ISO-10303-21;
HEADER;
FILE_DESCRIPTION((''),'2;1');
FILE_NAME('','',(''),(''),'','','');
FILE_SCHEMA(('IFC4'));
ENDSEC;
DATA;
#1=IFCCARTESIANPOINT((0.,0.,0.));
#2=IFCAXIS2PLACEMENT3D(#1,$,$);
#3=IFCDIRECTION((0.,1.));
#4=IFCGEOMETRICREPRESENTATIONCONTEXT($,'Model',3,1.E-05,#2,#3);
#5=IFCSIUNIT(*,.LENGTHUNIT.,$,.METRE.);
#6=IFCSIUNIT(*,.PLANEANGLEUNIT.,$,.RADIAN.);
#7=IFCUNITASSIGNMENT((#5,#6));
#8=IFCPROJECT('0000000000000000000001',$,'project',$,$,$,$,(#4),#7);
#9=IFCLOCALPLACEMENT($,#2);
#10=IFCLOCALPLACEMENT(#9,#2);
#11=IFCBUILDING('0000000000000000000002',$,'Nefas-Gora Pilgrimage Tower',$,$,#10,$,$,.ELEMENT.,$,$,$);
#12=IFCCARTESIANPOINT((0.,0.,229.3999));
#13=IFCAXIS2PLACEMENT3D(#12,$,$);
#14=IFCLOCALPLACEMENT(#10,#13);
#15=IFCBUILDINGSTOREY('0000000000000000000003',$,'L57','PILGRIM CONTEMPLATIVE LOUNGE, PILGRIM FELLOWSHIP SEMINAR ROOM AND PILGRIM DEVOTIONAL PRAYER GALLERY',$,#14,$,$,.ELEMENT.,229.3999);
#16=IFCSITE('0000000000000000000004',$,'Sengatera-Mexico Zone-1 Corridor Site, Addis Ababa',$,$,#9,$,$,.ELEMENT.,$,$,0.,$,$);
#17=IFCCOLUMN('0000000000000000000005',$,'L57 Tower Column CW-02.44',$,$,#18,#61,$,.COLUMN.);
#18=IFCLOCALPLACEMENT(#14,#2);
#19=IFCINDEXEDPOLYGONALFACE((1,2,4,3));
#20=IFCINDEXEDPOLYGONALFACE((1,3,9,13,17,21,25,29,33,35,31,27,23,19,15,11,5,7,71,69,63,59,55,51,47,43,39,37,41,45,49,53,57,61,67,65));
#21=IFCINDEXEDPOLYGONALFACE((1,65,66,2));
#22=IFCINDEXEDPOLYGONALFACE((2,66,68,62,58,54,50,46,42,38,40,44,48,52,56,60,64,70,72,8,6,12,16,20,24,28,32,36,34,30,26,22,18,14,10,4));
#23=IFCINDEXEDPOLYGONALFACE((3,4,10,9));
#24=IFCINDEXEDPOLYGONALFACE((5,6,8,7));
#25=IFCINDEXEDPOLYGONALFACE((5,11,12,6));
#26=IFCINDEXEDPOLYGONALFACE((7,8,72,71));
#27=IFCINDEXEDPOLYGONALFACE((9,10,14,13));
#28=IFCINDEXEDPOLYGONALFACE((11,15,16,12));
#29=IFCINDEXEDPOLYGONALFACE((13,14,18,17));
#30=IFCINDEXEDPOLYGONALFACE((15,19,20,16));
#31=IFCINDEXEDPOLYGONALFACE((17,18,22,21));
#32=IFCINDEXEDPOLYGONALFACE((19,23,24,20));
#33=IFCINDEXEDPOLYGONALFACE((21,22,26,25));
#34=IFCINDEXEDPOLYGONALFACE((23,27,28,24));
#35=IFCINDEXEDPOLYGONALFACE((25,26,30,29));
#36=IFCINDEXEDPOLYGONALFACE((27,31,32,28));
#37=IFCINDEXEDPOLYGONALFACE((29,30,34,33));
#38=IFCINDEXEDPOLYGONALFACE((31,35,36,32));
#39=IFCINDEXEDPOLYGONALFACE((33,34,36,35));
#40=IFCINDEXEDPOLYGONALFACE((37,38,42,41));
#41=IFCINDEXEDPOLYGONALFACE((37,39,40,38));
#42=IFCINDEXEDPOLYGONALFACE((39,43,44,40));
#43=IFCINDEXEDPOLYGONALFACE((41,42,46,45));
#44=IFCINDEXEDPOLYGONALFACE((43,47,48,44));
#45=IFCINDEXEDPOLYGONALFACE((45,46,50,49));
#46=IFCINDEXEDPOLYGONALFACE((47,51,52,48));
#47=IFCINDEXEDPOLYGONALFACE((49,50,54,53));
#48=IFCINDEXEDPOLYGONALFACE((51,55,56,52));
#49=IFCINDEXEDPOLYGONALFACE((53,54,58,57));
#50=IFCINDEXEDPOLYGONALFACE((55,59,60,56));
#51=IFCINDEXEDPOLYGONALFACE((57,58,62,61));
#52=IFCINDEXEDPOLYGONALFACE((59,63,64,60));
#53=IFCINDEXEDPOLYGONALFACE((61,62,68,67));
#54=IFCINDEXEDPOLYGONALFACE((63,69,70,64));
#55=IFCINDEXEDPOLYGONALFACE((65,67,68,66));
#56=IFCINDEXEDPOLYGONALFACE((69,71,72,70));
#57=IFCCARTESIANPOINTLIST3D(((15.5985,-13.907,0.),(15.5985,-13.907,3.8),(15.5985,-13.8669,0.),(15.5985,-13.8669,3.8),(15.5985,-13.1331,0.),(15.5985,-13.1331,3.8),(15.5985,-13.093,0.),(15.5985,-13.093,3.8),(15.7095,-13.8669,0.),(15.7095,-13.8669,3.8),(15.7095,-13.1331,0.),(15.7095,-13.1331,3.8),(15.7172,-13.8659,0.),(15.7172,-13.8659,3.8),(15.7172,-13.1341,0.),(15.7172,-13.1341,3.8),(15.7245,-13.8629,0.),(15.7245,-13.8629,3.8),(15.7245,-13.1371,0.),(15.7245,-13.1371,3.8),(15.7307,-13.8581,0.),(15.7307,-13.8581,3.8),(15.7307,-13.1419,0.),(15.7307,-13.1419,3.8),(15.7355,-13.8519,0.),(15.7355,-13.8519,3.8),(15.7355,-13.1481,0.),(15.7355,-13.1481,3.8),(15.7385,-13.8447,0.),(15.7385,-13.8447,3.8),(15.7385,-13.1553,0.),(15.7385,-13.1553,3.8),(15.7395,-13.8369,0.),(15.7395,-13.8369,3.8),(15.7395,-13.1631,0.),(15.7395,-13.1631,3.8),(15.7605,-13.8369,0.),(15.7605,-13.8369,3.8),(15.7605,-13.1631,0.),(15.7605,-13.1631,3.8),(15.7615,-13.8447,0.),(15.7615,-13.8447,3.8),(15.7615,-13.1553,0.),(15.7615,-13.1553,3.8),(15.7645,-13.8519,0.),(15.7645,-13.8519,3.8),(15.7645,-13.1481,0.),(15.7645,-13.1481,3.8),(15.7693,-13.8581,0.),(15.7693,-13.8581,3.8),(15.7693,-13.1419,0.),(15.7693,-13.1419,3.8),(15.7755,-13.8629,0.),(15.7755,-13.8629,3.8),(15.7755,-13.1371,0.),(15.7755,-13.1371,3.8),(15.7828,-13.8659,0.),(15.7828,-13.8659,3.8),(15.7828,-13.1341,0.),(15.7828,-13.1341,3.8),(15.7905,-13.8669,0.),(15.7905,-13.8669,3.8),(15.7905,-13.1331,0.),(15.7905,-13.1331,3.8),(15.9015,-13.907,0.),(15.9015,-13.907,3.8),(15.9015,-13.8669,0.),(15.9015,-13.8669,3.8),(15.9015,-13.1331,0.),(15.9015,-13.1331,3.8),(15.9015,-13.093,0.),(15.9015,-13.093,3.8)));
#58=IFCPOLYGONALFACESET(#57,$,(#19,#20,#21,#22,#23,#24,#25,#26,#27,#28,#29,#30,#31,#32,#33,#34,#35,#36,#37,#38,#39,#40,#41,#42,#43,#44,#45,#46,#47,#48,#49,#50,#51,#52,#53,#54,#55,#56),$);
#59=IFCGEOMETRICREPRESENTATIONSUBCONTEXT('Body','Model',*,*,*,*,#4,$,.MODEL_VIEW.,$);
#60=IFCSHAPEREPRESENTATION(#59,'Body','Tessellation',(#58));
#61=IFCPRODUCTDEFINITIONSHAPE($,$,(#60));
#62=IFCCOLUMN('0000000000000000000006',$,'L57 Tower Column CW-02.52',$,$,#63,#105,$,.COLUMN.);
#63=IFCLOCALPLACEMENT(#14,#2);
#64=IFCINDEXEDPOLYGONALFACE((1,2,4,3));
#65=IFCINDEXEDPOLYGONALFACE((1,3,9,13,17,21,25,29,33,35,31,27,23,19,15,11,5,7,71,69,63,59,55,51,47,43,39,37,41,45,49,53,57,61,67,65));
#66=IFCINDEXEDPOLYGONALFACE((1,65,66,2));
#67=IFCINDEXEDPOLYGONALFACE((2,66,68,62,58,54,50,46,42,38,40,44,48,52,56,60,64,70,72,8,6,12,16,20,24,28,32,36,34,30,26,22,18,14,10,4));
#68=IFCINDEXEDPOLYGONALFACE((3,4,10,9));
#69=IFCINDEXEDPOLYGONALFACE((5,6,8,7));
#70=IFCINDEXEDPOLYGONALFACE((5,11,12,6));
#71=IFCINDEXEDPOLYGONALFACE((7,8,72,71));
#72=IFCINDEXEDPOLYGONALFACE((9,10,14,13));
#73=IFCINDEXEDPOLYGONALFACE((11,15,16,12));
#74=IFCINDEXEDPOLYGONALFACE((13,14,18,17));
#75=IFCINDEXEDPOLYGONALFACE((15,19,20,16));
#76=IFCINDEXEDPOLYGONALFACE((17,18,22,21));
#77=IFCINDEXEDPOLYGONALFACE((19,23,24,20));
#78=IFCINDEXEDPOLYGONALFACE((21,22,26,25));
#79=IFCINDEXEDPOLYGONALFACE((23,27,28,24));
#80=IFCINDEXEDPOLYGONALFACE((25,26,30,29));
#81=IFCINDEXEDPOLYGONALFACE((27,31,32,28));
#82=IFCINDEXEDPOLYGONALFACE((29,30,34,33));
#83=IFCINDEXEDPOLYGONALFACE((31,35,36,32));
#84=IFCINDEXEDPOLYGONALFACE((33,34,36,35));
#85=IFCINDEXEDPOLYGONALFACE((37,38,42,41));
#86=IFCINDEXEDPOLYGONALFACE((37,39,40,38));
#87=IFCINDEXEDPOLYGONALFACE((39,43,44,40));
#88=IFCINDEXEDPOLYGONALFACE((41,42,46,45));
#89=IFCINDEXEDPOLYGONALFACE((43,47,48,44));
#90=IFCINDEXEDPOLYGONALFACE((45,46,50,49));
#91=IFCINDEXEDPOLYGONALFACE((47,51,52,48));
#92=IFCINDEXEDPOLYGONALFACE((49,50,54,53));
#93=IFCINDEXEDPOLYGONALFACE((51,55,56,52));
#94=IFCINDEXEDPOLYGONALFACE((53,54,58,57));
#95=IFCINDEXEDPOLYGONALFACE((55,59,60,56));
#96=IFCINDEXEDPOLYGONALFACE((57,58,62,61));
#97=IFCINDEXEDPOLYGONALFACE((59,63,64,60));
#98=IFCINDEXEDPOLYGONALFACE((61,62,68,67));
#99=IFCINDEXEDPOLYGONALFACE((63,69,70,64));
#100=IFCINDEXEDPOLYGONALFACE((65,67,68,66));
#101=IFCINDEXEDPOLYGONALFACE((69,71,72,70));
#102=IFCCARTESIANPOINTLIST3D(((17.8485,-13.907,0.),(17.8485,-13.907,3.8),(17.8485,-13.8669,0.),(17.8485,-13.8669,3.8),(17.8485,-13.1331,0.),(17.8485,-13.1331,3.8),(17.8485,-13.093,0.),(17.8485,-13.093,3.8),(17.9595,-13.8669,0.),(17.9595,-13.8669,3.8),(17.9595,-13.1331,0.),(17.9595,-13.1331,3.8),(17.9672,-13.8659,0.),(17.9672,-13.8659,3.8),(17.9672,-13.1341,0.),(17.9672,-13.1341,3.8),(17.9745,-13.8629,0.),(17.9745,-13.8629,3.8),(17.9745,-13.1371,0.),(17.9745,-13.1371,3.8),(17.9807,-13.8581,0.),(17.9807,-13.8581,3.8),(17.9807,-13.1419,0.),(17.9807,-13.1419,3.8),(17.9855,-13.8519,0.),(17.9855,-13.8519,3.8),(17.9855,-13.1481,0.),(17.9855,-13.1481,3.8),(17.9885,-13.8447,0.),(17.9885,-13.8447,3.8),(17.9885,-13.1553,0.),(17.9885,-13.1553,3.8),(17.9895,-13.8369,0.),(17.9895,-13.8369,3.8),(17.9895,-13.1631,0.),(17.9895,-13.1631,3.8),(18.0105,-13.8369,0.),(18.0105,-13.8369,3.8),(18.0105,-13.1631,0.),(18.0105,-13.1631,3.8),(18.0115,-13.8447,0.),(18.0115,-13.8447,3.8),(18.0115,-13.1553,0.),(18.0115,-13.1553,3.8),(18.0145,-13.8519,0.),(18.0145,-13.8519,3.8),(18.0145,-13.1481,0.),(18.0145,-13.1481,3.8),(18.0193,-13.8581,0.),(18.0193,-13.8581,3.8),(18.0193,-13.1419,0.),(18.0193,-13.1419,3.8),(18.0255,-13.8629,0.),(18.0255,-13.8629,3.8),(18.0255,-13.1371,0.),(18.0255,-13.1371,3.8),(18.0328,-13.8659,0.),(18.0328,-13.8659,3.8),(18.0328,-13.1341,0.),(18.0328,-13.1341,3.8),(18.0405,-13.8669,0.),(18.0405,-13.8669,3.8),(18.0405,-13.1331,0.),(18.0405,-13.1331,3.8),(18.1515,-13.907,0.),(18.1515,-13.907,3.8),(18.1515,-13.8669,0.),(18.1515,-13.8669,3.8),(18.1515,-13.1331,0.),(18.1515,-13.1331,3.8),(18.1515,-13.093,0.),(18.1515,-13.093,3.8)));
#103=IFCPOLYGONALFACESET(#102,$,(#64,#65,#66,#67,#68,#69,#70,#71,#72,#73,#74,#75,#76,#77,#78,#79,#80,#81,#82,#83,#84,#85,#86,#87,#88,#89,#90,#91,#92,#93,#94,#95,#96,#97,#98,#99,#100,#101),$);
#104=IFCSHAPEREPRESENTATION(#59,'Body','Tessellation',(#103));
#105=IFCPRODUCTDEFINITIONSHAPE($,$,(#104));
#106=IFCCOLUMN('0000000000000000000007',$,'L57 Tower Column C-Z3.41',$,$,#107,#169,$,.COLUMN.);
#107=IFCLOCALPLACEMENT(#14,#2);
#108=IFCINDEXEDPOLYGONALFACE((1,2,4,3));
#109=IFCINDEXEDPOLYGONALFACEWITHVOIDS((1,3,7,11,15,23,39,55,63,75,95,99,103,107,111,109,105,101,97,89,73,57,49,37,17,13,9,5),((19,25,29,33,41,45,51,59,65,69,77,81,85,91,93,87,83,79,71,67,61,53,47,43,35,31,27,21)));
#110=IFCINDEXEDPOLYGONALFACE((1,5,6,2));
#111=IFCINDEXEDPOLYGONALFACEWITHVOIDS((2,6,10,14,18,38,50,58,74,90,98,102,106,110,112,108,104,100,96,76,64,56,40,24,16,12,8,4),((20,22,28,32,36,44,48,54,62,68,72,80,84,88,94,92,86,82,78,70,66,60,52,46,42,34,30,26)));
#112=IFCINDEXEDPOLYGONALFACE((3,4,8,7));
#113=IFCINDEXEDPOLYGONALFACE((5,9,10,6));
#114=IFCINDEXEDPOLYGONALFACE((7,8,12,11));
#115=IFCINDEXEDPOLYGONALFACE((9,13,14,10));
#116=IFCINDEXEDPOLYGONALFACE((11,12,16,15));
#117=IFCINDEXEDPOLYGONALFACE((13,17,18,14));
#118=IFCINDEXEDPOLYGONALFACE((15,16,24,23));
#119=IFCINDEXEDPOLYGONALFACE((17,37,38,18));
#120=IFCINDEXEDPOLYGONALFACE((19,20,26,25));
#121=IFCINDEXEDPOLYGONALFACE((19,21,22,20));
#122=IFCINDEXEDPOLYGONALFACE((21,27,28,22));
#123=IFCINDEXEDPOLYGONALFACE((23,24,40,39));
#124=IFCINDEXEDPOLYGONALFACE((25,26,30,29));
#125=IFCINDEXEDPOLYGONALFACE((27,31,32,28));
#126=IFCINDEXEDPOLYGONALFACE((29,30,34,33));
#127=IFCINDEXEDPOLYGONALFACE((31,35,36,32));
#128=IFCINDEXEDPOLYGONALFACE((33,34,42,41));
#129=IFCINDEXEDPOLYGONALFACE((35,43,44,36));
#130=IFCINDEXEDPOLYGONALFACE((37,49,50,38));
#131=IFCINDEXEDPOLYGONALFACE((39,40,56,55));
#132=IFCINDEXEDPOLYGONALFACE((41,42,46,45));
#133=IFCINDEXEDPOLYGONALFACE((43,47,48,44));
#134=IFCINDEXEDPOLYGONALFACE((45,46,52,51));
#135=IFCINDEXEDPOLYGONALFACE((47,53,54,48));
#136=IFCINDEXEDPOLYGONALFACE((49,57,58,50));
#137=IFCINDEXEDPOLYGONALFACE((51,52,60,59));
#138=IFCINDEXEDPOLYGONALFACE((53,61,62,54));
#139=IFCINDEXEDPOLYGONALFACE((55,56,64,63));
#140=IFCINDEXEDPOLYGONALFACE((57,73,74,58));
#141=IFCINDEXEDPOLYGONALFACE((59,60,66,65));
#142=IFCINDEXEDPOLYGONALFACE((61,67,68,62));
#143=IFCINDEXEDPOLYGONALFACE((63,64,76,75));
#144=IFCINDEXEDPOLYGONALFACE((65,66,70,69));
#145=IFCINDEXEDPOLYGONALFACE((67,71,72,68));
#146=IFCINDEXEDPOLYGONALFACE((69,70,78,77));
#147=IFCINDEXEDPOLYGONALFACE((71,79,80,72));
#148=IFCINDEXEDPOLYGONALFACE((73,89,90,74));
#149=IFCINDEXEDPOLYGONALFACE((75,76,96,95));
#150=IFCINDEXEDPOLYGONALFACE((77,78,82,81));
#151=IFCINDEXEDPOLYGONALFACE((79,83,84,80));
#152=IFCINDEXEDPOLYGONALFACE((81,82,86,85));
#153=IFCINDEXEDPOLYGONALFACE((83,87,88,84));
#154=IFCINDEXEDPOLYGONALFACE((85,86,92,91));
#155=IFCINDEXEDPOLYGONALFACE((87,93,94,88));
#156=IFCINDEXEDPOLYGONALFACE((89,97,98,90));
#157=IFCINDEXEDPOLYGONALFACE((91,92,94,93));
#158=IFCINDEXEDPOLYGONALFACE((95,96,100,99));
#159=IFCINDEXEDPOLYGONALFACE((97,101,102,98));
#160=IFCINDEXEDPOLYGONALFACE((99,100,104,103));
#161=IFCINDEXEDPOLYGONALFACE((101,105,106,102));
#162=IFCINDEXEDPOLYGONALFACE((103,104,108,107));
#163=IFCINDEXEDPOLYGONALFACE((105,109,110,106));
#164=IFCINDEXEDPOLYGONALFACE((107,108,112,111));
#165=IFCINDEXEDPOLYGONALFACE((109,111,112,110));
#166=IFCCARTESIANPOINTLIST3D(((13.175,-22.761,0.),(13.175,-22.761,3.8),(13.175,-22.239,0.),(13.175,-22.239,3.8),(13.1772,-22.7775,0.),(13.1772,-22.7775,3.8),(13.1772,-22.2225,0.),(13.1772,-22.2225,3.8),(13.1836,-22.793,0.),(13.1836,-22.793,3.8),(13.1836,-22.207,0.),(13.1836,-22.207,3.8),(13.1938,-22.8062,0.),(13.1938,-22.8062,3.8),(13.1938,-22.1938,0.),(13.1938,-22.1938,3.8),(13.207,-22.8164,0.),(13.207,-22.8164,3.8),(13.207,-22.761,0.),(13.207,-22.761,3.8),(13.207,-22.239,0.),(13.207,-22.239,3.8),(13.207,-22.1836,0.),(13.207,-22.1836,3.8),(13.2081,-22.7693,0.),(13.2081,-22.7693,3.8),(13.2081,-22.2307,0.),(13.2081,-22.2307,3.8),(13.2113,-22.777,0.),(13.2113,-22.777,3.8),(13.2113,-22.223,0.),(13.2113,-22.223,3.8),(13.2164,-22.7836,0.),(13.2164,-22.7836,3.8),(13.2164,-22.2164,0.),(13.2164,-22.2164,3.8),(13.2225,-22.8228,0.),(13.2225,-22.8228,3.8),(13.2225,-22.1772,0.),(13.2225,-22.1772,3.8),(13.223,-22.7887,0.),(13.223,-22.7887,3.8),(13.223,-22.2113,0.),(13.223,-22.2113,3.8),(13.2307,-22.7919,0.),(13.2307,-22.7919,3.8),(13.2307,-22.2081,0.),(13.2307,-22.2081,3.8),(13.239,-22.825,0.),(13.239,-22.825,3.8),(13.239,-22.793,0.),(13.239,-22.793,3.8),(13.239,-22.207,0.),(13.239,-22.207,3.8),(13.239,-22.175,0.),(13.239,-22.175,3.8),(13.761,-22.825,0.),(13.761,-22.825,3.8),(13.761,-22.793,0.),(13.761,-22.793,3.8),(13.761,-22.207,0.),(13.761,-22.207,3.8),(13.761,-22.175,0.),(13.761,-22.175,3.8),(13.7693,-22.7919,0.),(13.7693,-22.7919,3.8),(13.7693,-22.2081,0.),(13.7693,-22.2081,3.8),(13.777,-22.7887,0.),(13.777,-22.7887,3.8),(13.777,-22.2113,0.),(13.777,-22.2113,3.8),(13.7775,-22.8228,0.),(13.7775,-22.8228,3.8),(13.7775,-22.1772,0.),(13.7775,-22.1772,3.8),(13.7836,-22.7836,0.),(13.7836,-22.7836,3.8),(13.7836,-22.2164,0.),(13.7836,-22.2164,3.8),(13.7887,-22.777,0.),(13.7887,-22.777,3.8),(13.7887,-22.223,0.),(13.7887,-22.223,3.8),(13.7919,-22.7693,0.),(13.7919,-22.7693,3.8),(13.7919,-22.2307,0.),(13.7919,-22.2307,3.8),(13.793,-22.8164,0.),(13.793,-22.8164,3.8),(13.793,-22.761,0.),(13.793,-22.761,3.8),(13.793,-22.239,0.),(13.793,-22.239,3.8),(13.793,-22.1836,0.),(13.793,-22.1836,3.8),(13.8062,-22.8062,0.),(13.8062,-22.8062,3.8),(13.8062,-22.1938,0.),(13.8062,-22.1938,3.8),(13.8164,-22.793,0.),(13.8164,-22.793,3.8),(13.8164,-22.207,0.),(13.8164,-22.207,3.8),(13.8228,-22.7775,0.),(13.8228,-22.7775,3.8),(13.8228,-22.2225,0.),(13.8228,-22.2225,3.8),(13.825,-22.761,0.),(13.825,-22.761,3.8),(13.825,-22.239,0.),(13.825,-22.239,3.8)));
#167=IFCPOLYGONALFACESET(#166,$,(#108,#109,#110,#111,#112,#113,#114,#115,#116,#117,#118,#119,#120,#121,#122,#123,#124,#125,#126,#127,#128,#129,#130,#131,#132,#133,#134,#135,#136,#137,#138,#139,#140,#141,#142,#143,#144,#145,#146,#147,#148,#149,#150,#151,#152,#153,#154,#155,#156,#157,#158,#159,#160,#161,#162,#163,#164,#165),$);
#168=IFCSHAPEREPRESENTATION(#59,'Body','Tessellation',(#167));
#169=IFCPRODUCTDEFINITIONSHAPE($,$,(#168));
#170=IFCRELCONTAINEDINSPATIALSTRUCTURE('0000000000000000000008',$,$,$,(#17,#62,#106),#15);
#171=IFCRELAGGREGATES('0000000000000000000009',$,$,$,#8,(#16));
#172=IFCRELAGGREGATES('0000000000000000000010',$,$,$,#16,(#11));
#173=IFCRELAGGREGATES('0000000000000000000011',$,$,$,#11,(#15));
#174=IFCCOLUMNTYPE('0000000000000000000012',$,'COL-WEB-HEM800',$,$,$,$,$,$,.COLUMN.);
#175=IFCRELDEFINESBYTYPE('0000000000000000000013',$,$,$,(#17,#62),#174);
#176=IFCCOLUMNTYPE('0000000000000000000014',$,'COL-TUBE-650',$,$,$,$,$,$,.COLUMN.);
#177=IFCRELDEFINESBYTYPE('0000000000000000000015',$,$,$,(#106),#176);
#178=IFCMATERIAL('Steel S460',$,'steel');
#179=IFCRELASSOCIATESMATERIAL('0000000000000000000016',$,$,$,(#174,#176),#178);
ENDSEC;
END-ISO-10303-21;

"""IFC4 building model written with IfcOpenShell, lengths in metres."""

from ifc_helpers import new_model, si_unit, direction, frame, origin, origin_2d, place, context, subcontext, project, spatial, hollow_rectangle, i_section, extrude, source, transform, mapped, material, material_profile, profile_set, type_object, element, save


model = new_model("IFC4")

# Units and contexts
model_context = context("Model", 3, precision=1e-05, world=origin(), true_north=direction((0.0, 1.0)))
body_context = subcontext(model_context, "Body", "Model", "MODEL_VIEW")
ifc_project = project(units=[si_unit("LENGTHUNIT", "METRE"), si_unit("PLANEANGLEUNIT", "RADIAN")], contexts=[model_context])

# Site, building, storey
site_placement = place(None, origin())
site = spatial("IfcSite", under=ifc_project, at=site_placement, Name="Sengatera-Mexico Zone-1 Corridor Site, Addis Ababa", CompositionType="ELEMENT", RefElevation=0.0)
building_placement = place(site_placement, origin())
building = spatial("IfcBuilding", under=site, at=building_placement, Name="Nefas-Gora Pilgrimage Tower", CompositionType="ELEMENT")
storey_placement = place(building_placement, frame((0.0, 0.0, 229.3999)))
storey = spatial("IfcBuildingStorey", under=building, at=storey_placement, Name="L57", Description="PILGRIM CONTEMPLATIVE LOUNGE, PILGRIM FELLOWSHIP SEMINAR ROOM AND PILGRIM DEVOTIONAL PRAYER GALLERY", CompositionType="ELEMENT", Elevation=229.3999)

# Columns
ifc_material_1 = material(Name="Steel S460", Category="steel")
ifc_material_profile_1 = material_profile(ifc_material_1, i_section(OverallWidth=0.303, OverallDepth=0.814, WebThickness=0.021, FlangeThickness=0.04, FilletRadius=0.03, at=origin_2d()), Name="HEM 800")
ifc_profile_set_1 = profile_set([ifc_material_profile_1], Name="Steel S460")
column_type_1 = type_object("IfcColumnType", Name="COL-WEB-HEM800", PredefinedType="COLUMN", material=ifc_profile_set_1)
shared_shape_1 = source(origin(), body_context, "Body", "SweptSolid", [
    extrude(i_section(OverallWidth=0.303, OverallDepth=0.814, WebThickness=0.021, FlangeThickness=0.04, FilletRadius=0.03, at=origin_2d()), origin(), (0.0, 0.0, 1.0), 3.8),
])
for number, where, z_axis, x_axis, name in (
    (1, (15.75, -13.5, 0.0), (0.0, 0.0, 1.0), (1.0, 0.0, 0.0), "L57 Tower Column CW-02.44"),
    (2, (18.0, -13.5, 0.0), (0.0, 0.0, 1.0), (1.0, 0.0, 0.0), "L57 Tower Column CW-02.52"),
):
    element("IfcColumn", number, at=place(storey_placement, frame(where, z_axis=z_axis, x_axis=x_axis)), inside=storey, type_object=column_type_1, Name=name, PredefinedType="COLUMN", context=body_context, shape_type="MappedRepresentation", body=[
        mapped(shared_shape_1, transform((0.0, 0.0, 0.0), x_axis=(1.0, 0.0, 0.0), y_axis=(0.0, 1.0, 0.0), z_axis=(0.0, 0.0, 1.0), scale=1.0)),
    ])
ifc_material_profile_2 = material_profile(ifc_material_1, hollow_rectangle(XDim=0.6499, YDim=0.6499, WallThickness=0.032, InnerFilletRadius=0.032, OuterFilletRadius=0.064, at=origin_2d()), Name="BOX 650x650x32")
ifc_profile_set_2 = profile_set([ifc_material_profile_2], Name="Steel S460")
column_type_2 = type_object("IfcColumnType", Name="COL-TUBE-650", PredefinedType="COLUMN", material=ifc_profile_set_2)
shared_shape_2 = source(origin(), body_context, "Body", "SweptSolid", [
    extrude(hollow_rectangle(XDim=0.6499, YDim=0.6499, WallThickness=0.032, InnerFilletRadius=0.032, OuterFilletRadius=0.064, at=origin_2d()), origin(), (0.0, 0.0, 1.0), 3.8),
])
for number, where, z_axis, x_axis, name in (
    (3, (13.5, -22.5, 0.0), (0.0, 0.0, 1.0), (1.0, 0.0, 0.0), "L57 Tower Column C-Z3.41"),
):
    element("IfcColumn", number, at=place(storey_placement, frame(where, z_axis=z_axis, x_axis=x_axis)), inside=storey, type_object=column_type_2, Name=name, PredefinedType="COLUMN", context=body_context, shape_type="MappedRepresentation", body=[
        mapped(shared_shape_2, transform((0.0, 0.0, 0.0), x_axis=(1.0, 0.0, 0.0), y_axis=(0.0, 1.0, 0.0), z_axis=(0.0, 0.0, 1.0), scale=1.0)),
    ])

save(model, "model.ifc")
